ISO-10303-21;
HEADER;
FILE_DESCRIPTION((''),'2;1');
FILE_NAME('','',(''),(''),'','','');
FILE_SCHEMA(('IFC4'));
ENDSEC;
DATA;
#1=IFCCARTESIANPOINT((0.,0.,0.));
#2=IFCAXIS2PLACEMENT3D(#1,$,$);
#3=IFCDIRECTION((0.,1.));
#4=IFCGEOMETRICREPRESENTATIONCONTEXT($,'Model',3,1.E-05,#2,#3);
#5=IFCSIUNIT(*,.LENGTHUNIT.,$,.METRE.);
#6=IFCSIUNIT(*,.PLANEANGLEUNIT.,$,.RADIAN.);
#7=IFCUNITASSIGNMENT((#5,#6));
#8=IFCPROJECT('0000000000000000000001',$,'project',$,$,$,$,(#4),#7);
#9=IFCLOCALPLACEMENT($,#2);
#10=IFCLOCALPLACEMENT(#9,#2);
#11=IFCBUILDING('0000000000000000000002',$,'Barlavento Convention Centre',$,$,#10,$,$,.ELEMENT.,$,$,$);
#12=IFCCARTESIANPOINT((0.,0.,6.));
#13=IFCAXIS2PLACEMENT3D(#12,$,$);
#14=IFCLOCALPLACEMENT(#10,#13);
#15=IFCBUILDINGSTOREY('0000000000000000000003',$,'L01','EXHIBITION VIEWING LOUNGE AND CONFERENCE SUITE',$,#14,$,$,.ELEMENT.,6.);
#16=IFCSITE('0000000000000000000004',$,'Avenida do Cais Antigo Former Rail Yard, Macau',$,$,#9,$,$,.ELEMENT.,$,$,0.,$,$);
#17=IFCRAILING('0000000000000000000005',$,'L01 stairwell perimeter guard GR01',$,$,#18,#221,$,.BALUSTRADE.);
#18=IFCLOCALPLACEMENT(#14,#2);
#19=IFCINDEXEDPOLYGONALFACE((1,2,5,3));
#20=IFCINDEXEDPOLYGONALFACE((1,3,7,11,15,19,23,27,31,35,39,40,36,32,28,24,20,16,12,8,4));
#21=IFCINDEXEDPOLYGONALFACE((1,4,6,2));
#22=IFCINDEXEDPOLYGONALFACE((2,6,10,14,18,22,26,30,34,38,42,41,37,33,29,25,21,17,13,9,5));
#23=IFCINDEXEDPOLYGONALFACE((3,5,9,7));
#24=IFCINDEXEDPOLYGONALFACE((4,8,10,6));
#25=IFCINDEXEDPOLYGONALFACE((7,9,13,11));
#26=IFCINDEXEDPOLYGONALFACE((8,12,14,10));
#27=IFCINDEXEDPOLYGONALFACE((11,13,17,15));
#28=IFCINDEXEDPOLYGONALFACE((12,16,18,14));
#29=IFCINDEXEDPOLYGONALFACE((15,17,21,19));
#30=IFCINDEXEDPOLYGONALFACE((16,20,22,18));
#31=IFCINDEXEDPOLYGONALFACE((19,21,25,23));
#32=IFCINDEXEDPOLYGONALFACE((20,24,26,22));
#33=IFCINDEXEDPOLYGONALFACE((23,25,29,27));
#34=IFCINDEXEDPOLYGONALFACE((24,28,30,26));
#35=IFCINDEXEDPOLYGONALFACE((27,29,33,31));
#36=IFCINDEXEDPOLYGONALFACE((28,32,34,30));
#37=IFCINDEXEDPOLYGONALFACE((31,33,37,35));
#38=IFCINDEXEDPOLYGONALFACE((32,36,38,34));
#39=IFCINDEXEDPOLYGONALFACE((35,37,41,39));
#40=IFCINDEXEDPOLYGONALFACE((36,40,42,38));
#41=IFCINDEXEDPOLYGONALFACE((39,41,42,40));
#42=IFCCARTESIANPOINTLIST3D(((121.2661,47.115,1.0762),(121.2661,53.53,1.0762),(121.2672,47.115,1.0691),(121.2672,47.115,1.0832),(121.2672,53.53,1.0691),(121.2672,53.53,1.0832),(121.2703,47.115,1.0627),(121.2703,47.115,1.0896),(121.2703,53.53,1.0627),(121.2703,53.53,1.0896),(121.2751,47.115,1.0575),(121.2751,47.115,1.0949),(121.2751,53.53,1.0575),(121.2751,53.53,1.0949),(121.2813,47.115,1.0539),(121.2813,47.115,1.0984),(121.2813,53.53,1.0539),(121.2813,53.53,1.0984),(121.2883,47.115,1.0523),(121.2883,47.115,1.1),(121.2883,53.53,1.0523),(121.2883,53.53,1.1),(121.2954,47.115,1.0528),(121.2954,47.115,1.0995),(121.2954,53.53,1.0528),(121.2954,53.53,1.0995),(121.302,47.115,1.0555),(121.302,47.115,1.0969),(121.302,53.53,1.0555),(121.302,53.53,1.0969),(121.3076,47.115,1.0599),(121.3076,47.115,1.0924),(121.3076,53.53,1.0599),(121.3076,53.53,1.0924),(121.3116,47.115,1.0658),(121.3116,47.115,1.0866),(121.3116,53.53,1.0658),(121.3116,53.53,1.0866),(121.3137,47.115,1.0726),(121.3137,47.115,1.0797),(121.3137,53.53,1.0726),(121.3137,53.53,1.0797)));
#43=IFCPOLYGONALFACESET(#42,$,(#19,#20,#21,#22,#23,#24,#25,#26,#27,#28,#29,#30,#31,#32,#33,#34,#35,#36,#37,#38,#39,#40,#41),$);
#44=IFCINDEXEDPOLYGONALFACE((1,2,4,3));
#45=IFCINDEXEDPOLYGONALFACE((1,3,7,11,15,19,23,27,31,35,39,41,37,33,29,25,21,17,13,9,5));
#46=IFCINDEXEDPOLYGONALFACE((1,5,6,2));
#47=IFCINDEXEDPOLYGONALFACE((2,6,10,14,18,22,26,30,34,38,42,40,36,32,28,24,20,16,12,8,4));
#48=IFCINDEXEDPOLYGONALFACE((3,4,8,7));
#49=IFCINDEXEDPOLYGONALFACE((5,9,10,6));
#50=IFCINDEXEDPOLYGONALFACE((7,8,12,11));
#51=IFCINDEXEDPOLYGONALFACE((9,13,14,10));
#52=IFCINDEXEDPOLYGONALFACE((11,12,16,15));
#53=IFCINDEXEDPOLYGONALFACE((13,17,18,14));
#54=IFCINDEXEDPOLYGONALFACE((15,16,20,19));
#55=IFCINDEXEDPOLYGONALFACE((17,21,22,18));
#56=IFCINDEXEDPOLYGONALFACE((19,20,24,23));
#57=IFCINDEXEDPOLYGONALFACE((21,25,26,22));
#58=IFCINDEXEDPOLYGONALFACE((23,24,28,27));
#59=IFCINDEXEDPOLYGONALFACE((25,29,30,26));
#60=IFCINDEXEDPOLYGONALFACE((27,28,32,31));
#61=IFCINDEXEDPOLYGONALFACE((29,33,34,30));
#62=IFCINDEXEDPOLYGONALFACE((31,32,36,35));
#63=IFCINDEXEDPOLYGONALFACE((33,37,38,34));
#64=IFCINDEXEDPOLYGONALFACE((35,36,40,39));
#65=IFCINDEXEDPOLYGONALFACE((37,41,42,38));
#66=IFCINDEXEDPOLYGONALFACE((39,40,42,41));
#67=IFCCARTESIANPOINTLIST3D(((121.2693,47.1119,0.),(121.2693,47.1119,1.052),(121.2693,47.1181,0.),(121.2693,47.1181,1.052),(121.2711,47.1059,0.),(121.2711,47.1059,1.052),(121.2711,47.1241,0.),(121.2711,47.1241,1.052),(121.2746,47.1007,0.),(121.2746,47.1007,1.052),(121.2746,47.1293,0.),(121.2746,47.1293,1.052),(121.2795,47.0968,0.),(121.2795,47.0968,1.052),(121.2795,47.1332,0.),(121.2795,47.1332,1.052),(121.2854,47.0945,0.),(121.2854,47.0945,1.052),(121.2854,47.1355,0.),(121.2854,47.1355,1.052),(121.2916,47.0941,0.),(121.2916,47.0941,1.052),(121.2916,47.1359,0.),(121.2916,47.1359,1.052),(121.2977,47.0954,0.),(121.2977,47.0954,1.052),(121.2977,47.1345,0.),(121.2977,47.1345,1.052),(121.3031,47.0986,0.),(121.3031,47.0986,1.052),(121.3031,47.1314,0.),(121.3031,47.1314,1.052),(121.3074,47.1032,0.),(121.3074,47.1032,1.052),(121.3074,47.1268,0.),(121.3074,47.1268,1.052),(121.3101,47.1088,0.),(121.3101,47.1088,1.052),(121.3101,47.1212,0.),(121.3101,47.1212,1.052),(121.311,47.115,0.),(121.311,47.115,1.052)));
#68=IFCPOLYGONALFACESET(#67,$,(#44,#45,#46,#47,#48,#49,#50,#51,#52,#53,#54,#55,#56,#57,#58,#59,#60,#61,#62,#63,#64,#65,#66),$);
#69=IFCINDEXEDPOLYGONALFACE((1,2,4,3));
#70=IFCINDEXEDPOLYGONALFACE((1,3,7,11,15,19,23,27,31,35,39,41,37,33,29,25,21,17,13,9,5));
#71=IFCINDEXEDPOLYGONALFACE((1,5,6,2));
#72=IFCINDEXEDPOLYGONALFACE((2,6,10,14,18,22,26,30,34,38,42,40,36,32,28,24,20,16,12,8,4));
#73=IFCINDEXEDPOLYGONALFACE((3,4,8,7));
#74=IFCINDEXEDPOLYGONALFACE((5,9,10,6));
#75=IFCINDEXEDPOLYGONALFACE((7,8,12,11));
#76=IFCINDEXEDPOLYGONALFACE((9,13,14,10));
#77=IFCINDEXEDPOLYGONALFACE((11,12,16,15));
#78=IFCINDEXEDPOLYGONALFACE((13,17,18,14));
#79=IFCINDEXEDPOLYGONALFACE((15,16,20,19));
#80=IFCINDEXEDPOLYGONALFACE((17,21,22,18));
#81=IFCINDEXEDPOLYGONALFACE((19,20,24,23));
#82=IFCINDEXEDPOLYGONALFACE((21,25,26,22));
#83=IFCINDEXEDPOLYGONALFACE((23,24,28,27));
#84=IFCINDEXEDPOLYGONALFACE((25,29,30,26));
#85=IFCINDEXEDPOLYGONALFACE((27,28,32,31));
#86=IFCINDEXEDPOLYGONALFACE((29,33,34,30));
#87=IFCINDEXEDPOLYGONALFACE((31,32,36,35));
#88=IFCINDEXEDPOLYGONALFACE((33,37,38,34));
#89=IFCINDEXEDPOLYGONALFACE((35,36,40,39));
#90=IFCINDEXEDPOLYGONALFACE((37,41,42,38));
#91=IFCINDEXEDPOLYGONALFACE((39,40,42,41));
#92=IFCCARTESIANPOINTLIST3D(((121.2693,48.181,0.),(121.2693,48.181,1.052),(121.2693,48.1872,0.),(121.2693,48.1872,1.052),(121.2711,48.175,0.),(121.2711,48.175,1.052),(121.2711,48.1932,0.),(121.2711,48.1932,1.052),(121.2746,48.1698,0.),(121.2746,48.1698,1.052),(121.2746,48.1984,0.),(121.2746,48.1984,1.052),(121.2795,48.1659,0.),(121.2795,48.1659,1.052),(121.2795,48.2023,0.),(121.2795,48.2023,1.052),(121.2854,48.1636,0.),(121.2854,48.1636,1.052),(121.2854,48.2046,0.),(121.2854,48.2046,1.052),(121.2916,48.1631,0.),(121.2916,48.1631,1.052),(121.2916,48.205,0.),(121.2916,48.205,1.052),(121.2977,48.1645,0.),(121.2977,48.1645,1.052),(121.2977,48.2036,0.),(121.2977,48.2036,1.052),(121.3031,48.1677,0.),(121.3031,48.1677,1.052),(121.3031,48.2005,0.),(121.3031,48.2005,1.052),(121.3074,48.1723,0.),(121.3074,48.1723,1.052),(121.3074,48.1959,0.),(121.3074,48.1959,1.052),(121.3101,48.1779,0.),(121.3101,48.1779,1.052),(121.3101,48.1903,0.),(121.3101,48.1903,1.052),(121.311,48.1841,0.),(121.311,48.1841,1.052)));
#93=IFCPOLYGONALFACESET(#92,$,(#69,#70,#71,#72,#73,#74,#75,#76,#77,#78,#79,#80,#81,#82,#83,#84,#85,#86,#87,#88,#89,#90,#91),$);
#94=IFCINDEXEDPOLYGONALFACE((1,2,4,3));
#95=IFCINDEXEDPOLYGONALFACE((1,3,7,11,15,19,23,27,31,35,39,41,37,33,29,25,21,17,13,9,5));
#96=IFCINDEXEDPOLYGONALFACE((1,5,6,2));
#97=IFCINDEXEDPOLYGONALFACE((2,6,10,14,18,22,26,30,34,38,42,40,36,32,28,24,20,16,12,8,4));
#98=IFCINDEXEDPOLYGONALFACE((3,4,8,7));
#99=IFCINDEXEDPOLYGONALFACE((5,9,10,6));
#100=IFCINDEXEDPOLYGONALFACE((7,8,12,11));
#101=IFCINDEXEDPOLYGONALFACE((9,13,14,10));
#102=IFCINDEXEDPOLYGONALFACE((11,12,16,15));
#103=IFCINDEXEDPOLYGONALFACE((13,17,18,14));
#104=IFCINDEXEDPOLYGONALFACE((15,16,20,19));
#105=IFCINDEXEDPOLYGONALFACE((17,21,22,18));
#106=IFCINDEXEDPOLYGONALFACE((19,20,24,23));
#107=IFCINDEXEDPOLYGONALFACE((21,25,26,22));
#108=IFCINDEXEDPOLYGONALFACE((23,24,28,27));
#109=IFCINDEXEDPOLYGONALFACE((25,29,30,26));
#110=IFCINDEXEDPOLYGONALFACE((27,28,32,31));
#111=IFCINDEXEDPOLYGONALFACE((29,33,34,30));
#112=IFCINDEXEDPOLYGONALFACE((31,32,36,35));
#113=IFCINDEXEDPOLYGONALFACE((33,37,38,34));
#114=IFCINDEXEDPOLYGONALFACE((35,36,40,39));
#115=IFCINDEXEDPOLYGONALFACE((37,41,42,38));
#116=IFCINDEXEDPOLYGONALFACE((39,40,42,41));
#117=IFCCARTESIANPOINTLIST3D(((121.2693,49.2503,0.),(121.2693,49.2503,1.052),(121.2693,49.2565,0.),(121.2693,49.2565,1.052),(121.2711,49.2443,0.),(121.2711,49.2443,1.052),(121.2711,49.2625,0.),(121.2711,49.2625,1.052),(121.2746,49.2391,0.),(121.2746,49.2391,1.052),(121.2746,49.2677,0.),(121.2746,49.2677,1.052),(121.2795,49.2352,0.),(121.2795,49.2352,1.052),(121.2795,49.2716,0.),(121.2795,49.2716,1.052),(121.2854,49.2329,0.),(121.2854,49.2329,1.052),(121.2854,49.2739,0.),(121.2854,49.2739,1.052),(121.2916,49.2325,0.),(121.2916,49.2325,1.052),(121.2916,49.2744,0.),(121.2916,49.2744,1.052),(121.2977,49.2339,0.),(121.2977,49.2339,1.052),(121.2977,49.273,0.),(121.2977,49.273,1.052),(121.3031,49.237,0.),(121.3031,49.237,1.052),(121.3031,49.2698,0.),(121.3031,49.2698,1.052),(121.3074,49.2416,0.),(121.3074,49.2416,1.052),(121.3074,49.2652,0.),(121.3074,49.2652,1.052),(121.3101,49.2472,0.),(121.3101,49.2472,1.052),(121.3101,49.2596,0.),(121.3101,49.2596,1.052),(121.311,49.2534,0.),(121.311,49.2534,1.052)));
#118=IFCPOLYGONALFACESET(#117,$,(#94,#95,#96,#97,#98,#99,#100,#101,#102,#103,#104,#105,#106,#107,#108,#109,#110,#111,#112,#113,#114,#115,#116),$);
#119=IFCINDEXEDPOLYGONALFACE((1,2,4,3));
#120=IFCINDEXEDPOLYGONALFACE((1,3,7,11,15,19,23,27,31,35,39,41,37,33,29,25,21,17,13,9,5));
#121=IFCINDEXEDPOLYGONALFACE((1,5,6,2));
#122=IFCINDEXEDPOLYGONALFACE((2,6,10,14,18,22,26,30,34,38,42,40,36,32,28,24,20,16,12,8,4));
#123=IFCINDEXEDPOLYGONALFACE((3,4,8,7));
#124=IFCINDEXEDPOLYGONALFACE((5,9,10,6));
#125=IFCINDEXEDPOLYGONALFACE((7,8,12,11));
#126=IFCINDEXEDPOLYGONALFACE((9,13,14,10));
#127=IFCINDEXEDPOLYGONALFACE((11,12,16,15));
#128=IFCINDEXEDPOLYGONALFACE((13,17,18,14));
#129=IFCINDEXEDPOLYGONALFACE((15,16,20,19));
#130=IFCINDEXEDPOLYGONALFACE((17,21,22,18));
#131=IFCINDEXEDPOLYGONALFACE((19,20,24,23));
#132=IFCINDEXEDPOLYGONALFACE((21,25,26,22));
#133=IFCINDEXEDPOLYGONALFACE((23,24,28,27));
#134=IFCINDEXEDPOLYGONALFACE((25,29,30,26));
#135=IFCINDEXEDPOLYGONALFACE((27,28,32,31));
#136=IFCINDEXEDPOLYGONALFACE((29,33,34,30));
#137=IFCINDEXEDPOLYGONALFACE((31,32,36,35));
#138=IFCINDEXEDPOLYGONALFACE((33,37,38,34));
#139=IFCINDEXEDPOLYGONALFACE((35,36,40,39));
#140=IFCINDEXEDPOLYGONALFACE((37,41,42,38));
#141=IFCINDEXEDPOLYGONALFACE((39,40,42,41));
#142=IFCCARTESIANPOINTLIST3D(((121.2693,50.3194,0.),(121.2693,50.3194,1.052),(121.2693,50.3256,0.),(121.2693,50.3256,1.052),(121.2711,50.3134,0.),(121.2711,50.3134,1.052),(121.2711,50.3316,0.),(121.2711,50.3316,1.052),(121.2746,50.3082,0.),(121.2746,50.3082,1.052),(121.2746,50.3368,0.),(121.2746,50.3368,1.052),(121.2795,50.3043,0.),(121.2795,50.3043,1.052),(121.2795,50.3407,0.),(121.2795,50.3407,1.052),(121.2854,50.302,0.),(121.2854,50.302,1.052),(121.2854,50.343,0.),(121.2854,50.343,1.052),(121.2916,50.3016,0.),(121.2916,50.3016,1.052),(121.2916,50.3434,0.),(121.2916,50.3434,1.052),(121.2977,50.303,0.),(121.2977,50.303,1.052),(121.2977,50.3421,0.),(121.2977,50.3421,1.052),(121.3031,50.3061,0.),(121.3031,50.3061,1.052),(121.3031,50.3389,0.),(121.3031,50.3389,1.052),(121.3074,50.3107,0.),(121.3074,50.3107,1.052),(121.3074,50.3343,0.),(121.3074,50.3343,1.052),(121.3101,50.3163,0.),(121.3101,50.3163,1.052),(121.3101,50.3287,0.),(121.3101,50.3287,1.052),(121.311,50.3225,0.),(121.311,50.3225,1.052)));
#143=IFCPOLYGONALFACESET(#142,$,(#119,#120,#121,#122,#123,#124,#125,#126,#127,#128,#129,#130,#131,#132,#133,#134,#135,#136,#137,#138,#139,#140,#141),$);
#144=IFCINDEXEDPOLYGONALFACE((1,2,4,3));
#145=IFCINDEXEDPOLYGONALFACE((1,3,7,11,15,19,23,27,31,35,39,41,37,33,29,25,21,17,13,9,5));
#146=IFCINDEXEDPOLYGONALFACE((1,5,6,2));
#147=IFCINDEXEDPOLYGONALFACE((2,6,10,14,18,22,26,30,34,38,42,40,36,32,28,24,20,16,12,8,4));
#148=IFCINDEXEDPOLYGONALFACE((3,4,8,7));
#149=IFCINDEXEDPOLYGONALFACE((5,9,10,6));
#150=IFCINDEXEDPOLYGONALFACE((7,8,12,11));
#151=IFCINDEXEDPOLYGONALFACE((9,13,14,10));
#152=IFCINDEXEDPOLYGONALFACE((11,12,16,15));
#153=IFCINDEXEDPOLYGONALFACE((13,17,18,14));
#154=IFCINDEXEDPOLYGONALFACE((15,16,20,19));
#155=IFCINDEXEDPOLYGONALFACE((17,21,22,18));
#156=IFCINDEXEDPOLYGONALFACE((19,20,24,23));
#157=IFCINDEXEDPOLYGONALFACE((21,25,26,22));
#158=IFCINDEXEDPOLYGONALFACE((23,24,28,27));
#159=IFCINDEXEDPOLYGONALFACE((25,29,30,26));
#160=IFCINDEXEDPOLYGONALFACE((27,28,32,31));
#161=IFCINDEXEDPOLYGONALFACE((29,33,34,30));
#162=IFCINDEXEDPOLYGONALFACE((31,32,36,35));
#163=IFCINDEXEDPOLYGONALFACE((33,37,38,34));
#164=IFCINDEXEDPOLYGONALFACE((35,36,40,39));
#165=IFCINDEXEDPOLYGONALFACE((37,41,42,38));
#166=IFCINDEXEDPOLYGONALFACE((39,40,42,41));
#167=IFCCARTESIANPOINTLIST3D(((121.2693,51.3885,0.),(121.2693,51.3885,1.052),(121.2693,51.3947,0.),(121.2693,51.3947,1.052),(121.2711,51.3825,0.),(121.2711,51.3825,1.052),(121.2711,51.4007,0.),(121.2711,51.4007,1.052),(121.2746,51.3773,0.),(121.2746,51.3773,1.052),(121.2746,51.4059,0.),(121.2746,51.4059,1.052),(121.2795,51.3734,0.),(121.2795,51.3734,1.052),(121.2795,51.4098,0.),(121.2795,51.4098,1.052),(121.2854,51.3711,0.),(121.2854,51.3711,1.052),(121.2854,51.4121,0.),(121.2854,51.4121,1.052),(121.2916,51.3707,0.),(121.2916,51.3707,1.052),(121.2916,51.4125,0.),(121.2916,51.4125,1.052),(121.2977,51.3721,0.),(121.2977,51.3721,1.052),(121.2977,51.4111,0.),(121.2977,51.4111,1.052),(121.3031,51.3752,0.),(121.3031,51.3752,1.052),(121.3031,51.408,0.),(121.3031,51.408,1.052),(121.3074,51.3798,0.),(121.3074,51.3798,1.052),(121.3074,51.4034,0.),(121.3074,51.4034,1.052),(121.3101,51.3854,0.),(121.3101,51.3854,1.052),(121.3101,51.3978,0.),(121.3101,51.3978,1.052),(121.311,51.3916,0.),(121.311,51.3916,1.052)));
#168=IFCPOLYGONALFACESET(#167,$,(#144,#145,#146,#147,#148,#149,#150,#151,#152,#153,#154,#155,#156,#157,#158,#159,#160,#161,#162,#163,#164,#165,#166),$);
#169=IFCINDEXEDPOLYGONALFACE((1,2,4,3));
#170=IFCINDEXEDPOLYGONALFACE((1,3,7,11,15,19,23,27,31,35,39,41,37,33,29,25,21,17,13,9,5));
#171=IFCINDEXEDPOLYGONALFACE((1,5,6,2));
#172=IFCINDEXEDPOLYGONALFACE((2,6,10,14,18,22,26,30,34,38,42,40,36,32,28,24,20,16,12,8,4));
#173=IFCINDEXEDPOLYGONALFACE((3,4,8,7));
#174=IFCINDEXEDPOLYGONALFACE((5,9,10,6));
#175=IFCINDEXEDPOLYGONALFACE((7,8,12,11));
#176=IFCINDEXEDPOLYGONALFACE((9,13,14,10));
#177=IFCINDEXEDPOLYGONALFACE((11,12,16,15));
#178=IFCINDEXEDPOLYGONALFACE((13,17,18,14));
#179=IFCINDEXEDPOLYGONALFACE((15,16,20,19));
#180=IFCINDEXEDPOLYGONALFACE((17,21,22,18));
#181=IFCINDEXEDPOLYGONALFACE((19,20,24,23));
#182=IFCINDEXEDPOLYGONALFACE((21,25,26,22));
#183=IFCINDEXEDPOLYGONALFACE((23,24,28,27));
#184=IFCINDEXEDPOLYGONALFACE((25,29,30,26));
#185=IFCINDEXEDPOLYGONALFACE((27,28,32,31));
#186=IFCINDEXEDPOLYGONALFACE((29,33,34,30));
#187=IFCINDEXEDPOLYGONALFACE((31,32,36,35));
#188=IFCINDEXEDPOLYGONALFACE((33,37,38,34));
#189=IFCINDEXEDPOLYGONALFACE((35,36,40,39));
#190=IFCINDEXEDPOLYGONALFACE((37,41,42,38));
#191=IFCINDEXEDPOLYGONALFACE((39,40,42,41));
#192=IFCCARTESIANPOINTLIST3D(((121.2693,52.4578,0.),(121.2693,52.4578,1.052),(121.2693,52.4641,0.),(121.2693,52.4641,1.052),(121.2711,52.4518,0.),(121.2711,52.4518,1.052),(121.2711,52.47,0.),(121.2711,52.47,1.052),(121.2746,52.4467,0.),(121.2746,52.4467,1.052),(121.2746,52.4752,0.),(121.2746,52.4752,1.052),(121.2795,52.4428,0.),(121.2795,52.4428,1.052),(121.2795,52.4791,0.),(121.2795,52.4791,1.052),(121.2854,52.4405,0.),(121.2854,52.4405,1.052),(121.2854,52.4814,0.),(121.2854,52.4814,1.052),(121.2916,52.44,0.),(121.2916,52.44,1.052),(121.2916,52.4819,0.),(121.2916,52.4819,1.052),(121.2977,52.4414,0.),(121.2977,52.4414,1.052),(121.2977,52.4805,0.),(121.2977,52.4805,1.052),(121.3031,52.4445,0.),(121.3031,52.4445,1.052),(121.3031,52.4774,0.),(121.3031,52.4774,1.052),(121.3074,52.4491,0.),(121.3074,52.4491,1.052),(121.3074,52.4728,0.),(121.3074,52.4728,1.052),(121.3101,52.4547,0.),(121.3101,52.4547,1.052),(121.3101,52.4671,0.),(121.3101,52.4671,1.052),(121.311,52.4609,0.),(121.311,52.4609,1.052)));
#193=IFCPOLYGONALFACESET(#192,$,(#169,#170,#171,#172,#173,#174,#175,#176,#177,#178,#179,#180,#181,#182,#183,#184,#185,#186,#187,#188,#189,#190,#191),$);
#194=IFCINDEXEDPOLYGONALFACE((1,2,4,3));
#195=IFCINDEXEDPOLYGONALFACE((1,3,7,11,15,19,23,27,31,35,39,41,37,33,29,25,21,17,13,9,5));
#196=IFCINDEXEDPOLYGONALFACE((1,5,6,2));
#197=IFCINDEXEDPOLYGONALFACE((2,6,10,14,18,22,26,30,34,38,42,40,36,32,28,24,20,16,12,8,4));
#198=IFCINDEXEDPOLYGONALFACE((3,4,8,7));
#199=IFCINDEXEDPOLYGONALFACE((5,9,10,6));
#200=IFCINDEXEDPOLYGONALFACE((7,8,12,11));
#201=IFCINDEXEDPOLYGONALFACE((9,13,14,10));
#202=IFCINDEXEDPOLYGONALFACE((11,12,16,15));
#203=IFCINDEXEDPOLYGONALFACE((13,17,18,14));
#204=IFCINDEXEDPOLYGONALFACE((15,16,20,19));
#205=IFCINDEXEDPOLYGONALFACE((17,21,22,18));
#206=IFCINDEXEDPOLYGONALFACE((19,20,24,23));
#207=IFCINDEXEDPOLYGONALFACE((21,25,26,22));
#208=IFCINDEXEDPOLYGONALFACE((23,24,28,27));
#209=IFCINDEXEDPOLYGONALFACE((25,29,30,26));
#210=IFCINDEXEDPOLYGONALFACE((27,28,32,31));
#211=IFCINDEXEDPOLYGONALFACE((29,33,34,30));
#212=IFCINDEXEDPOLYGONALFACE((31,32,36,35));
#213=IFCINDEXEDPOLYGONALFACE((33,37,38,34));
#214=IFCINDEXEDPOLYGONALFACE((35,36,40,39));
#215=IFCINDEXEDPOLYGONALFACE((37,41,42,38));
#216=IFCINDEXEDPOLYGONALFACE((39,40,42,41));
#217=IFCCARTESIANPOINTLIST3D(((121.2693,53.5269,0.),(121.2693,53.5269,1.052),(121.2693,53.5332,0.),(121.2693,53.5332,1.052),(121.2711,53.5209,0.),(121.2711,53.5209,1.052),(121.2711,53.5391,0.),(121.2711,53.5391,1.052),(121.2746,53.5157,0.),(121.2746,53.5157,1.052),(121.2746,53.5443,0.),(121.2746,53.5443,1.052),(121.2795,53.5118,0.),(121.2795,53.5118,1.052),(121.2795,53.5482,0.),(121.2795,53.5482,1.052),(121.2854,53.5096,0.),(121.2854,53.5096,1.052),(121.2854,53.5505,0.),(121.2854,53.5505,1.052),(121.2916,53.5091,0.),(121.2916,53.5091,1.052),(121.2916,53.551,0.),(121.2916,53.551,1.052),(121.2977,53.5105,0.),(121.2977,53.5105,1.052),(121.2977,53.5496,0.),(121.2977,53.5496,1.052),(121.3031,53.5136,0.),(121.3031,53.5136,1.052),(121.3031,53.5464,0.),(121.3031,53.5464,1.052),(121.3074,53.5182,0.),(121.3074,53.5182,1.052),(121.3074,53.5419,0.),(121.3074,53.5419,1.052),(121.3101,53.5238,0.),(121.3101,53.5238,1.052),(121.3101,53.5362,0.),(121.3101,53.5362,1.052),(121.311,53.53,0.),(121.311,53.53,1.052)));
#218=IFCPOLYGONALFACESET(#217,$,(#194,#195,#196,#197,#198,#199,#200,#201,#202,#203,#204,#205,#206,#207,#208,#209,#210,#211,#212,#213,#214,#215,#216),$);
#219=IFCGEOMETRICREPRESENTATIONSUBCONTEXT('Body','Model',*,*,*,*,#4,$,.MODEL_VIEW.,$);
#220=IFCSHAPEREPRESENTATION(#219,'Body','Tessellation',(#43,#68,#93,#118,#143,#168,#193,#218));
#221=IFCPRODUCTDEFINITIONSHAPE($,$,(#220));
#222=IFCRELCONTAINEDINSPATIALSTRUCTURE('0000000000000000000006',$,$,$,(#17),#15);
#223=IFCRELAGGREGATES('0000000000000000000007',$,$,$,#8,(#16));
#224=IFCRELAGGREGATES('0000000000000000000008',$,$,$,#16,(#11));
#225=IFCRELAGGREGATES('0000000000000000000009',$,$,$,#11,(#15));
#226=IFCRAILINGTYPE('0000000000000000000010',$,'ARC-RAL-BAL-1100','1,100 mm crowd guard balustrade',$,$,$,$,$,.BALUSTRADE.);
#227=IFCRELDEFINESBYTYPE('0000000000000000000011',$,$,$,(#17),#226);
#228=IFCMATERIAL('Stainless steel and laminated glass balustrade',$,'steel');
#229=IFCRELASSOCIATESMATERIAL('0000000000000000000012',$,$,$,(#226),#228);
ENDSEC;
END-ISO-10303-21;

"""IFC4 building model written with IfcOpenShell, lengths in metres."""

from ifc_helpers import new_model, si_unit, direction, frame, origin, origin_2d, place, context, subcontext, project, spatial, circle, extrude, material, type_object, element, save


model = new_model("IFC4")

# Units and contexts
model_context = context("Model", 3, precision=1e-05, world=origin(), true_north=direction((0.0, 1.0)))
body_context = subcontext(model_context, "Body", "Model", "MODEL_VIEW")
ifc_project = project(units=[si_unit("LENGTHUNIT", "METRE"), si_unit("PLANEANGLEUNIT", "RADIAN")], contexts=[model_context])

# Site, building, storey
site_placement = place(None, origin())
site = spatial("IfcSite", under=ifc_project, at=site_placement, Name="Avenida do Cais Antigo Former Rail Yard, Macau", CompositionType="ELEMENT", RefElevation=0.0)
building_placement = place(site_placement, origin())
building = spatial("IfcBuilding", under=site, at=building_placement, Name="Barlavento Convention Centre", CompositionType="ELEMENT")
storey_placement = place(building_placement, frame((0.0, 0.0, 6.0)))
storey = spatial("IfcBuildingStorey", under=building, at=storey_placement, Name="L01", Description="EXHIBITION VIEWING LOUNGE AND CONFERENCE SUITE", CompositionType="ELEMENT", Elevation=6.0)

# Railing
ifc_material_1 = material(Name="Stainless steel and laminated glass balustrade", Category="steel")
railing_type_1 = type_object("IfcRailingType", Name="ARC-RAL-BAL-1100", Description="1,100 mm crowd guard balustrade", PredefinedType="BALUSTRADE", material=ifc_material_1)
railing_1_placement = place(storey_placement, frame((121.29, 47.115, 0.0)))
element("IfcRailing", 1, at=railing_1_placement, inside=storey, type_object=railing_type_1, Name="L01 stairwell perimeter guard GR01", PredefinedType="BALUSTRADE", context=body_context, shape_type="SweptSolid", body=[
    extrude(circle(Radius=0.0239, at=origin_2d()), frame((0.0, 0.0, 1.0762), z_axis=(0.0, 1.0, 0.0), x_axis=(-1.0, 0.0, 0.0)), (0.0, 0.0, 1.0), 6.415),
    extrude(circle(Radius=0.021, at=origin_2d()), origin(), (0.0, 0.0, 1.0), 1.052),
    extrude(circle(Radius=0.021, at=origin_2d()), frame((0.0, 1.0691, 0.0)), (0.0, 0.0, 1.0), 1.052),
    extrude(circle(Radius=0.021, at=origin_2d()), frame((0.0, 2.1384, 0.0)), (0.0, 0.0, 1.0), 1.052),
    extrude(circle(Radius=0.021, at=origin_2d()), frame((0.0, 3.2075, 0.0)), (0.0, 0.0, 1.0), 1.052),
    extrude(circle(Radius=0.021, at=origin_2d()), frame((0.0, 4.2766, 0.0)), (0.0, 0.0, 1.0), 1.052),
    extrude(circle(Radius=0.021, at=origin_2d()), frame((0.0, 5.3459, 0.0)), (0.0, 0.0, 1.0), 1.052),
    extrude(circle(Radius=0.021, at=origin_2d()), frame((0.0, 6.415, 0.0)), (0.0, 0.0, 1.0), 1.052),
])

save(model, "model.ifc")
